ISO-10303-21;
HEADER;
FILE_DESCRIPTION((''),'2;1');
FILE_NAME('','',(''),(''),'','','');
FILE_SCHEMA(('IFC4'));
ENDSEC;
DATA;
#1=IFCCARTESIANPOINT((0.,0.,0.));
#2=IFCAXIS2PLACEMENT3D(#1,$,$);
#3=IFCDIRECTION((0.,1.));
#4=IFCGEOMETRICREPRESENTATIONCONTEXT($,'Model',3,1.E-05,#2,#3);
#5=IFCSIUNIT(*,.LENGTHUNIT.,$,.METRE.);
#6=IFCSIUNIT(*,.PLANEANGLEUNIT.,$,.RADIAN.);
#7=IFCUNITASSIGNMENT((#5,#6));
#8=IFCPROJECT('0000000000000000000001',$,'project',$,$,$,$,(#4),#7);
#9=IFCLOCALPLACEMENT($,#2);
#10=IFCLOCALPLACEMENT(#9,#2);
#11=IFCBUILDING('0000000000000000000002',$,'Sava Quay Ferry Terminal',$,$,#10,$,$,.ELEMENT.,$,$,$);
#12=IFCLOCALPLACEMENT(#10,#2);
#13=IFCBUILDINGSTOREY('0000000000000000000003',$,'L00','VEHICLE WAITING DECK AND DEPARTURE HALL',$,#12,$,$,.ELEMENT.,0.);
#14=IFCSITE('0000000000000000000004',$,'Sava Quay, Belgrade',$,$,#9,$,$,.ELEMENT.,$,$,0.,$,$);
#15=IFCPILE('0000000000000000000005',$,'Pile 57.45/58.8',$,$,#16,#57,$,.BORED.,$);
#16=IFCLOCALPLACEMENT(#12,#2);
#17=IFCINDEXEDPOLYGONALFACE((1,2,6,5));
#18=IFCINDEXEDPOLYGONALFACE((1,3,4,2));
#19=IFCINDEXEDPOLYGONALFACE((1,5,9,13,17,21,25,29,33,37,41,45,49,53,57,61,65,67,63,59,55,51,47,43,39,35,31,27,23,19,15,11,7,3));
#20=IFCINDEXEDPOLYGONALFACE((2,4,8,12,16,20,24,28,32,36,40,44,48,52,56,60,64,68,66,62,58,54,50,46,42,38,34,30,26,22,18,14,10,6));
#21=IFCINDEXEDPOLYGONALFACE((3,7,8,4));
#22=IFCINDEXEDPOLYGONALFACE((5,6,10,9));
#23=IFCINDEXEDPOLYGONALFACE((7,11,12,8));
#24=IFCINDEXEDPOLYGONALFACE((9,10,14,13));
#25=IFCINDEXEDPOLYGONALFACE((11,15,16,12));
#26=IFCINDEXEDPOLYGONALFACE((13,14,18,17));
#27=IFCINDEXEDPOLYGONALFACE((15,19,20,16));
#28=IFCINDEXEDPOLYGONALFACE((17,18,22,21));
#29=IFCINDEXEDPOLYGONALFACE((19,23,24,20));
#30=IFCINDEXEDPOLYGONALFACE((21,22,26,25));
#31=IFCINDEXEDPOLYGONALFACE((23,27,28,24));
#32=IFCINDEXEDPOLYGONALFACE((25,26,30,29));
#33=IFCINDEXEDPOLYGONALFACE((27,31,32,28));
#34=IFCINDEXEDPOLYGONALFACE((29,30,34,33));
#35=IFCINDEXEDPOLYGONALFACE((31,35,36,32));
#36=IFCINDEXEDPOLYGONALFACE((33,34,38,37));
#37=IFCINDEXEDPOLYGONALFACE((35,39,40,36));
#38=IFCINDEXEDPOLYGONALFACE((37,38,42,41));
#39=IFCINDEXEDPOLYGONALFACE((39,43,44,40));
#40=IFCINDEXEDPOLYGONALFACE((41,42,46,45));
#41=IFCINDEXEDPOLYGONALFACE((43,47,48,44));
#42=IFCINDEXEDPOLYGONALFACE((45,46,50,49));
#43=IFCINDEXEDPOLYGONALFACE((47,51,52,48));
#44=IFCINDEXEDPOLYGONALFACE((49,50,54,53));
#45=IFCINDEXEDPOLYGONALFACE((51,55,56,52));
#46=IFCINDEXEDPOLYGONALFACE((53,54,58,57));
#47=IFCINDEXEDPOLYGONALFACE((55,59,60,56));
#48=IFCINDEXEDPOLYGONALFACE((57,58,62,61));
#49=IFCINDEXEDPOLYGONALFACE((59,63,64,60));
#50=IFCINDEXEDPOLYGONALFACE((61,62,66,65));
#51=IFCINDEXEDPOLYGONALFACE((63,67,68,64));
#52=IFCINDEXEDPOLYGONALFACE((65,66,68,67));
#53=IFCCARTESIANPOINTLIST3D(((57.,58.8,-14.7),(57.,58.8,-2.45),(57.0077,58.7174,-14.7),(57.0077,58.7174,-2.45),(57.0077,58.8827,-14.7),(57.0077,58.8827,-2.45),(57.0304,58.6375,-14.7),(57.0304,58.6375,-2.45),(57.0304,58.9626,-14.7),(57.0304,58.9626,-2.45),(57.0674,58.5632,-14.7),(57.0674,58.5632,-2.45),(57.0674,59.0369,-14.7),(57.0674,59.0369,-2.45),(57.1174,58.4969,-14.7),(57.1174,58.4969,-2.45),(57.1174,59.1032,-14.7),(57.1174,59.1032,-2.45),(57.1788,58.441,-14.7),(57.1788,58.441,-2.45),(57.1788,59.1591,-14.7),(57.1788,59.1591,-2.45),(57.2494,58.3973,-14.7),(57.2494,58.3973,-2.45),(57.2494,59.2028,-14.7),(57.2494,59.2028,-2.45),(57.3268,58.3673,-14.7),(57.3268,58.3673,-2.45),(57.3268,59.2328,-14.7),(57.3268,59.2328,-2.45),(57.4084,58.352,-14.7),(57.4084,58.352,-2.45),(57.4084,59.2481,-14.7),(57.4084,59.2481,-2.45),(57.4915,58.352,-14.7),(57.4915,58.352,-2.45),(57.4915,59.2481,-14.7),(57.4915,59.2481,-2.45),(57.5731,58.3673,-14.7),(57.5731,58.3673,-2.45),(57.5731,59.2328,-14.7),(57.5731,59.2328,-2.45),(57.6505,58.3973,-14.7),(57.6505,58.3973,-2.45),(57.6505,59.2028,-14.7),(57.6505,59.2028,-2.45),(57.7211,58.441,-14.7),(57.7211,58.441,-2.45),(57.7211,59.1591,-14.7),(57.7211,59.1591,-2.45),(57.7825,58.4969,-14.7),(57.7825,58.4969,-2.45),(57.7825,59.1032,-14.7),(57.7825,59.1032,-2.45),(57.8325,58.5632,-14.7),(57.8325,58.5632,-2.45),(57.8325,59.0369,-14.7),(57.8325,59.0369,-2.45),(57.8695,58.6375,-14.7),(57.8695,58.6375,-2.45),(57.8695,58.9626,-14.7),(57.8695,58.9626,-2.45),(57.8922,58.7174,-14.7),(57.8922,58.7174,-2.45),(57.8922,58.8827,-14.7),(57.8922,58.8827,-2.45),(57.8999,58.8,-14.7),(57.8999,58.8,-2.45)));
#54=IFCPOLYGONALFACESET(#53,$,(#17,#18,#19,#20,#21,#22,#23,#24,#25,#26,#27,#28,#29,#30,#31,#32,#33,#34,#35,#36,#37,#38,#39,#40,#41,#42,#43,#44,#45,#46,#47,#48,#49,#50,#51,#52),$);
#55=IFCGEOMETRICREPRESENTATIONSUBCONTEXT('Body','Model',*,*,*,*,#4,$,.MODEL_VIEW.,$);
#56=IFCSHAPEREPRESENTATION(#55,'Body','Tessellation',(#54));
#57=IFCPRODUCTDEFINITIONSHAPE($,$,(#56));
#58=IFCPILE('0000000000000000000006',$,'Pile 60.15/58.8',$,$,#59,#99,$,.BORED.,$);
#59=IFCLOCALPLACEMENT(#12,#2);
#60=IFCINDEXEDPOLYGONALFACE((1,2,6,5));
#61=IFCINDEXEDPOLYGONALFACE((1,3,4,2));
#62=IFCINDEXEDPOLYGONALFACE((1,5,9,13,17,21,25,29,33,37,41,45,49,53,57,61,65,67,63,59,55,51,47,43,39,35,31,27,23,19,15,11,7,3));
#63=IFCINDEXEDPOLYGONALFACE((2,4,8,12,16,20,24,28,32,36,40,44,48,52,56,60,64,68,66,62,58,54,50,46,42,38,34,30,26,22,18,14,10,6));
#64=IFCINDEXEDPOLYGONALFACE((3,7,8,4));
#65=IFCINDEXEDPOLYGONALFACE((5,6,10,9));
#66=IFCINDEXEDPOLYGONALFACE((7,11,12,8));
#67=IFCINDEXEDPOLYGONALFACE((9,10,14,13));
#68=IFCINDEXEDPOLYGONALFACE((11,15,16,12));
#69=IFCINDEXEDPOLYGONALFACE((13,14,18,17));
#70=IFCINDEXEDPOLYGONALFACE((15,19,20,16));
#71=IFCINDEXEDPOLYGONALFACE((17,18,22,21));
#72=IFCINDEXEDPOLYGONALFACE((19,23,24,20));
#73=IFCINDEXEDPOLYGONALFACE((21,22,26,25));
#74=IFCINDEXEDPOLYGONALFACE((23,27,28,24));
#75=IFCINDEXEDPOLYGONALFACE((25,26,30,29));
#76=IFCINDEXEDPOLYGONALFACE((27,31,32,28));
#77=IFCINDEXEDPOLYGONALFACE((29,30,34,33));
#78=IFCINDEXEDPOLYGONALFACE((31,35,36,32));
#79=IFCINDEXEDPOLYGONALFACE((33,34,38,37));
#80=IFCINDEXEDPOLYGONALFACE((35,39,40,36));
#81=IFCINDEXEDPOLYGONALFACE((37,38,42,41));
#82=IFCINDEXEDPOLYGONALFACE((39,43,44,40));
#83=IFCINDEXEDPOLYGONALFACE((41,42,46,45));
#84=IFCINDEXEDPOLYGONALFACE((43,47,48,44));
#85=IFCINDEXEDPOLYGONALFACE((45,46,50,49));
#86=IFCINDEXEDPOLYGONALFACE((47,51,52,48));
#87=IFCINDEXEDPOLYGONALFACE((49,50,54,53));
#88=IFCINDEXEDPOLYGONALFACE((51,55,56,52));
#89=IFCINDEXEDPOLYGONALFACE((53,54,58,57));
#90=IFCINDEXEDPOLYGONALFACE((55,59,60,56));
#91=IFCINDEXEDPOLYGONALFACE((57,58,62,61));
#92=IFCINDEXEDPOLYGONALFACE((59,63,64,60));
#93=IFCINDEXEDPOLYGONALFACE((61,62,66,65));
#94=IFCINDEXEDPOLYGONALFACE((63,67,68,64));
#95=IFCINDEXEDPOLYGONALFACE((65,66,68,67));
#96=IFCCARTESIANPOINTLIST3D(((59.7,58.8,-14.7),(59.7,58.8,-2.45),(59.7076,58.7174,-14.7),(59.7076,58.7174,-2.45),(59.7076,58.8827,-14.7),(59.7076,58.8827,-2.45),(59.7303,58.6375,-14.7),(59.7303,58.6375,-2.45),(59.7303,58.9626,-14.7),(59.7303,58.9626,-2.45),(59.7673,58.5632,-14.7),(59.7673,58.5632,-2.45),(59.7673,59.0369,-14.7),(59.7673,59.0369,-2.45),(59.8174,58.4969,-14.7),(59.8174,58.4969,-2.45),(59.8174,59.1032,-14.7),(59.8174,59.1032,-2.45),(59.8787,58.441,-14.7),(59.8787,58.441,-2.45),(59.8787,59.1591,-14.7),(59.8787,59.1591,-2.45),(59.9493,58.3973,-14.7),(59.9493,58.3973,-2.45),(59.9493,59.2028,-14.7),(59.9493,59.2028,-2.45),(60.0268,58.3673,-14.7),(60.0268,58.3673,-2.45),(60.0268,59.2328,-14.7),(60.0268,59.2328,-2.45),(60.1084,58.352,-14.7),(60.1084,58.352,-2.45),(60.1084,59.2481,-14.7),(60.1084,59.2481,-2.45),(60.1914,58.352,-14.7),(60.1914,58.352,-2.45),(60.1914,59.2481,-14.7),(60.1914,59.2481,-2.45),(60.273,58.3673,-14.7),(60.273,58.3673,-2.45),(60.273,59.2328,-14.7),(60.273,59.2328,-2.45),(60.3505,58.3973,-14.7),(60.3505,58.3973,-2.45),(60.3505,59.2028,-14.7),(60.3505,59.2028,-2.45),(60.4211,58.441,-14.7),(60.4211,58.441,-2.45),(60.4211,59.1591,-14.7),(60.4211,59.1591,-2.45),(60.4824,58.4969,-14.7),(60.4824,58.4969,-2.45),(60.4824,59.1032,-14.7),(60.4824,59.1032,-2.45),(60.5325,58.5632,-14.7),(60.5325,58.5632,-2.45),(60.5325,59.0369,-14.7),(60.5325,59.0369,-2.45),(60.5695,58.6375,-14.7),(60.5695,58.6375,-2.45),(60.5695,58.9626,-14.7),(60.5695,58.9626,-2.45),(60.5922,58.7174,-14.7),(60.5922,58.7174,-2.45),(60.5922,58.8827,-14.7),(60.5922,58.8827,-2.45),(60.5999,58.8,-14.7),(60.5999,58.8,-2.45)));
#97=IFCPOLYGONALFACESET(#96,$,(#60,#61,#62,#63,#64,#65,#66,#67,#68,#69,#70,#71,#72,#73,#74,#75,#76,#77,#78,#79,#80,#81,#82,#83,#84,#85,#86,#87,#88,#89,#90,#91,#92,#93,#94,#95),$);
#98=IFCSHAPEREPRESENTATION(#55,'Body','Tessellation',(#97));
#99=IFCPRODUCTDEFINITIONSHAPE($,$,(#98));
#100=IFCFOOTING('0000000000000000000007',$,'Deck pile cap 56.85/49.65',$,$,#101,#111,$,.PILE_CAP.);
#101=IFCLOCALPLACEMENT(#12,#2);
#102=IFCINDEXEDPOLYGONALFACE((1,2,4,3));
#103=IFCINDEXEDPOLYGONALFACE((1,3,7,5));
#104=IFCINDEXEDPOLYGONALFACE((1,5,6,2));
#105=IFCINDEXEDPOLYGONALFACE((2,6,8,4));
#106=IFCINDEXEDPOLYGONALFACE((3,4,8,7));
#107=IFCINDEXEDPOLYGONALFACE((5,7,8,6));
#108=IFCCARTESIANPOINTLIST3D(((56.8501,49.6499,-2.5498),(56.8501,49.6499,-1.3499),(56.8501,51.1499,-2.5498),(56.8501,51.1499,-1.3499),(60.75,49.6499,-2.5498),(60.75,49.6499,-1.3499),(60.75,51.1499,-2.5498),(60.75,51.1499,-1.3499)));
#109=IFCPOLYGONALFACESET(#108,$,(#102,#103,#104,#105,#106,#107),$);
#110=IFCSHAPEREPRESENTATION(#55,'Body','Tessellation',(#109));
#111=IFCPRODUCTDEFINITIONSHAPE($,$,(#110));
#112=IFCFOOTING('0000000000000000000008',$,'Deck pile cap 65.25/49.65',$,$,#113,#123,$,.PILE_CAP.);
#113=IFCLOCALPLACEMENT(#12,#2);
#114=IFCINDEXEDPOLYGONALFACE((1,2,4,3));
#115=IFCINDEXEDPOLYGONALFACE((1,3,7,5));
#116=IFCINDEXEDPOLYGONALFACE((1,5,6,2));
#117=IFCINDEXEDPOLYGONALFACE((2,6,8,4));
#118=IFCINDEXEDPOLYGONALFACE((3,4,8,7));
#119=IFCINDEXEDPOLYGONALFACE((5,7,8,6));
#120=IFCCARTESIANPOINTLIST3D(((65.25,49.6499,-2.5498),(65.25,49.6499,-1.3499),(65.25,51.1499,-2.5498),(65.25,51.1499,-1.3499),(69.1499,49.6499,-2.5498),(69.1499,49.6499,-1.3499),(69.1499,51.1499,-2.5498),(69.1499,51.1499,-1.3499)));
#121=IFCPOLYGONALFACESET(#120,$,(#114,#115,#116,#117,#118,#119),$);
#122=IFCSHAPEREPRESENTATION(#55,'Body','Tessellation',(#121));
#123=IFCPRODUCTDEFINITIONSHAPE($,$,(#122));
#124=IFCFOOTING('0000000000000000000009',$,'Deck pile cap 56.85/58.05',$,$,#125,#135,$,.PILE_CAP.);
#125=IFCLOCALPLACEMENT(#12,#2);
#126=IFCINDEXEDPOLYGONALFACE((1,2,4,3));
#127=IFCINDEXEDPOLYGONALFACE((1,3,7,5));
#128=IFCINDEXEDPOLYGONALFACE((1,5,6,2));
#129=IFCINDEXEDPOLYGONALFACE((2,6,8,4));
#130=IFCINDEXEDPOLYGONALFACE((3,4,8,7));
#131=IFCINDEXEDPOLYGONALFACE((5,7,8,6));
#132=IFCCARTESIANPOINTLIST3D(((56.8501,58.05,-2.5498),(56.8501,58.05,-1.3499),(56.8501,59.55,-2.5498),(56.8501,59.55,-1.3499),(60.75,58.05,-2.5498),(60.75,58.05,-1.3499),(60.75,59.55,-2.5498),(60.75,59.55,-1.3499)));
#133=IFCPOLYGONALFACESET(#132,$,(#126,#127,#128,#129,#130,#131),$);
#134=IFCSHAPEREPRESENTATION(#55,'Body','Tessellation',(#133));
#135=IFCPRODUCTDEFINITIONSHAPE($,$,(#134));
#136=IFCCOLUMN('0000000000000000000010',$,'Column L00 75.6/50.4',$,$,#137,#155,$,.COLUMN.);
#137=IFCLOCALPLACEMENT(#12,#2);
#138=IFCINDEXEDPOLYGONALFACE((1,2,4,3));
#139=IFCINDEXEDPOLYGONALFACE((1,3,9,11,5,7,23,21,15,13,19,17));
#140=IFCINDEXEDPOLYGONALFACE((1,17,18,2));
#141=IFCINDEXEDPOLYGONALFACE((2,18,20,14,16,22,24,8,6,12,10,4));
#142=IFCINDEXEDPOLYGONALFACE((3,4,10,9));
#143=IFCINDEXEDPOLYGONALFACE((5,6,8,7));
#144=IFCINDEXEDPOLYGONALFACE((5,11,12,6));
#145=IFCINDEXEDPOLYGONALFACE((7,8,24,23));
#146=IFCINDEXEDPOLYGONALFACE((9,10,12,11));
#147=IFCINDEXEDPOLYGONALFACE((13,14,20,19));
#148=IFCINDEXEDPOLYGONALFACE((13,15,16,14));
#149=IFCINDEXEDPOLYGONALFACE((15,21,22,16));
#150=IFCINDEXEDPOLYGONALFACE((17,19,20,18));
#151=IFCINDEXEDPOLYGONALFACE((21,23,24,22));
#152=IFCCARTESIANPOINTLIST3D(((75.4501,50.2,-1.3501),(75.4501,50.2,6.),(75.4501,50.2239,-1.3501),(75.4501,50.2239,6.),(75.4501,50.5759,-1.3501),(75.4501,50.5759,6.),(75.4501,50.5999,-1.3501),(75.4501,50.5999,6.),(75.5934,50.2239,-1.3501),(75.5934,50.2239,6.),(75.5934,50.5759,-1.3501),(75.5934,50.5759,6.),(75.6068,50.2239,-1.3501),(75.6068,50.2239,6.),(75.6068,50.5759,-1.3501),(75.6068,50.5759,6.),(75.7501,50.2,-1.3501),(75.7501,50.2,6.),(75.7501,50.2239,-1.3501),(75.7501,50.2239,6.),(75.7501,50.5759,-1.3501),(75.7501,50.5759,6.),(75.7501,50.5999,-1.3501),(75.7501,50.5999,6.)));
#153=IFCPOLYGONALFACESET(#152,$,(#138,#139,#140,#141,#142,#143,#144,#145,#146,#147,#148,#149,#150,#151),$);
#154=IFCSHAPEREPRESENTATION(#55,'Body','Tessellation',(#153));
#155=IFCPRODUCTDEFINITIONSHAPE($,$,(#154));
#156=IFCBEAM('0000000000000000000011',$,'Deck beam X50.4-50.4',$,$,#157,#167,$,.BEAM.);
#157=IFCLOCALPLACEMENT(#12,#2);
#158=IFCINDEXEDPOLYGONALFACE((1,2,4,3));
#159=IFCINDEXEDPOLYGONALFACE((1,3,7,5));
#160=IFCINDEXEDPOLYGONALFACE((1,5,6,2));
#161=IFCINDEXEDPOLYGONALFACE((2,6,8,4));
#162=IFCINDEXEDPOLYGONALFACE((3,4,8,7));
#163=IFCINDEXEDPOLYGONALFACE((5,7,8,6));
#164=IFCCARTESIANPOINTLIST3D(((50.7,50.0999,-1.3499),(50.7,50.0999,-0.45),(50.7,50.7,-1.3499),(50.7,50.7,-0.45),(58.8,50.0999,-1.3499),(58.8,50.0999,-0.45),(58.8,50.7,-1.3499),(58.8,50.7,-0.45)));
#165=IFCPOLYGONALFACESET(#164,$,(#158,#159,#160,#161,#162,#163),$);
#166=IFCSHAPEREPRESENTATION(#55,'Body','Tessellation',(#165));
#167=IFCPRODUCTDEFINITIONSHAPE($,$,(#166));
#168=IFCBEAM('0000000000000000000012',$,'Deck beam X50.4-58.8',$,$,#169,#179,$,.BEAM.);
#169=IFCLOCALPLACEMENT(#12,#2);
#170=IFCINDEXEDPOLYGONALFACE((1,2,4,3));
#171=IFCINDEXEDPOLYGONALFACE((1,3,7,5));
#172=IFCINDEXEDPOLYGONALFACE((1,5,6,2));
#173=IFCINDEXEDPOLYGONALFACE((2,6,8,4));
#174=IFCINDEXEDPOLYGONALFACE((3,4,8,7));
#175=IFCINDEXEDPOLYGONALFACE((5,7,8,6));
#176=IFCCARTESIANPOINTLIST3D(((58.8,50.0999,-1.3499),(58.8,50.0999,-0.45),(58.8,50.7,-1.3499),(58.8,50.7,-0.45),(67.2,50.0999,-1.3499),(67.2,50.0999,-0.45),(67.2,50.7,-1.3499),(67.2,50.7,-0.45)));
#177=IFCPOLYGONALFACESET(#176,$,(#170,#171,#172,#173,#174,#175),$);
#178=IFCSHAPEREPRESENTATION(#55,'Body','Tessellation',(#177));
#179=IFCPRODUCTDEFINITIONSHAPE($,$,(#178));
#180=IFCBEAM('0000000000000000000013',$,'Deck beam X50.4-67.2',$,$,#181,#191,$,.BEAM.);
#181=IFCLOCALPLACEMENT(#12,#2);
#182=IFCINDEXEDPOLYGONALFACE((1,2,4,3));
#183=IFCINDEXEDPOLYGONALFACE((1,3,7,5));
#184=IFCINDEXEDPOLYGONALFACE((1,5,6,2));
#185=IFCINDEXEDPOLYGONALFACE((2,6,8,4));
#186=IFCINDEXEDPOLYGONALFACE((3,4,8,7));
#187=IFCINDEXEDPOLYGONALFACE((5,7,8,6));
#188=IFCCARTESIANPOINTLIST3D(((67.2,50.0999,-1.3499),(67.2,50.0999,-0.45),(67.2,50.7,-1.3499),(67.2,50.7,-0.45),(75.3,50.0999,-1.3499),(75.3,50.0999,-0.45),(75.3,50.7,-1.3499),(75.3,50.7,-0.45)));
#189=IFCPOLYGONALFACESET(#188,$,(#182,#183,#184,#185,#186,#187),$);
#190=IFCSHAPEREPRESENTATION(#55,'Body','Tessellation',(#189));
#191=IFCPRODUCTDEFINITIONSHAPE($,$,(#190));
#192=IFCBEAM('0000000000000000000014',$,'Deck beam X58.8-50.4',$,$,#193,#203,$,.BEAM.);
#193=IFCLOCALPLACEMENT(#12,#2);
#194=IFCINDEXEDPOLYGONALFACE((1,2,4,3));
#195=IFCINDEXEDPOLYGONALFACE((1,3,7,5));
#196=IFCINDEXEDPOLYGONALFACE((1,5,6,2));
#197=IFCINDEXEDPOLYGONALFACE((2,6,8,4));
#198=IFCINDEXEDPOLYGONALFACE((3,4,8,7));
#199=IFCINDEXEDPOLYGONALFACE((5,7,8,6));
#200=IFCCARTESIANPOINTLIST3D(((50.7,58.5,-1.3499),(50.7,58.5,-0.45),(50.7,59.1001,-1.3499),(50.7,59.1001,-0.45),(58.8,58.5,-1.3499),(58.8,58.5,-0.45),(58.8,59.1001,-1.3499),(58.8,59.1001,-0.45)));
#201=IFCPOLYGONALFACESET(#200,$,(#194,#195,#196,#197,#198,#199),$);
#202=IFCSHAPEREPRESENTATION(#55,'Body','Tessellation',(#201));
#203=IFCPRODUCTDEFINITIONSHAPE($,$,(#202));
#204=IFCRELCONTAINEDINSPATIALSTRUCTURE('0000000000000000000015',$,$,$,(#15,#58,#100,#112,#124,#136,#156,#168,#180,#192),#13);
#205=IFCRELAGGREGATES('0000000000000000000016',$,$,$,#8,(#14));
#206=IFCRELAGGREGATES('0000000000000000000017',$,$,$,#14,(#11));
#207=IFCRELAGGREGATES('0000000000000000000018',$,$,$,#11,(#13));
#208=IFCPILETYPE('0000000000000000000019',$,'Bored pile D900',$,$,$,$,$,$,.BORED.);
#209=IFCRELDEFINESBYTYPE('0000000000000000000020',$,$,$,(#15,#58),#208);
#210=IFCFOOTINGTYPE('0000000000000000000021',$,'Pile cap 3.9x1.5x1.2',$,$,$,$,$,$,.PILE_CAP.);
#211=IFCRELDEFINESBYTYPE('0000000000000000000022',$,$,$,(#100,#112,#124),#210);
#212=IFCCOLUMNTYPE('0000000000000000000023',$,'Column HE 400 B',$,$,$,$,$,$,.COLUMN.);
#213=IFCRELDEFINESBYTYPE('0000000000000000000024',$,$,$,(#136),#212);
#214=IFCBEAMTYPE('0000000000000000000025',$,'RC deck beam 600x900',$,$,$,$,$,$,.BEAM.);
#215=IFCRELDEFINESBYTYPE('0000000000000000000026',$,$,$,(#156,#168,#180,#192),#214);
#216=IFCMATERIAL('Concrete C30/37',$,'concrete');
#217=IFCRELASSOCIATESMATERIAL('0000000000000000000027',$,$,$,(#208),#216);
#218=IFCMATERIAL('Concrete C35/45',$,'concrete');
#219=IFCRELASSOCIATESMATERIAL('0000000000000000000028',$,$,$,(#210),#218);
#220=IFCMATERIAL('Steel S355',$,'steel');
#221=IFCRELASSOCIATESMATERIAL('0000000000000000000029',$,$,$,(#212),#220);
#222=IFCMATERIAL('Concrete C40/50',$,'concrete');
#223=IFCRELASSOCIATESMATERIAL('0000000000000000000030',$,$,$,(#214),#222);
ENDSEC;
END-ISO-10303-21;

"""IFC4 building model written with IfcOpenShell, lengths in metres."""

from ifc_helpers import new_model, si_unit, direction, frame, origin, origin_2d, place, context, subcontext, project, spatial, rectangle, circle, i_section, extrude, material, material_profile, profile_set, type_object, element, save


model = new_model("IFC4")

# Units and contexts
model_context = context("Model", 3, precision=1e-05, world=origin(), true_north=direction((0.0, 1.0)))
body_context = subcontext(model_context, "Body", "Model", "MODEL_VIEW")
ifc_project = project(units=[si_unit("LENGTHUNIT", "METRE"), si_unit("PLANEANGLEUNIT", "RADIAN")], contexts=[model_context])

# Site, building, storey
site_placement = place(None, origin())
site = spatial("IfcSite", under=ifc_project, at=site_placement, Name="Sava Quay, Belgrade", CompositionType="ELEMENT", RefElevation=0.0)
building_placement = place(site_placement, origin())
building = spatial("IfcBuilding", under=site, at=building_placement, Name="Sava Quay Ferry Terminal", CompositionType="ELEMENT")
storey_placement = place(building_placement, origin())
storey = spatial("IfcBuildingStorey", under=building, at=storey_placement, Name="L00", Description="VEHICLE WAITING DECK AND DEPARTURE HALL", CompositionType="ELEMENT", Elevation=0.0)

# Piles
ifc_material_1 = material(Name="Concrete C30/37", Category="concrete")
ifc_material_profile_1 = material_profile(ifc_material_1, circle(Radius=0.45, at=origin_2d()), Name="Bored pile D900")
ifc_profile_set_1 = profile_set([ifc_material_profile_1], Name="Concrete C30/37")
pile_type = type_object("IfcPileType", Name="Bored pile D900", PredefinedType="BORED", material=ifc_profile_set_1)
for number, where, z_axis, x_axis, name in (
    (1, (57.45, 58.8, -2.45), (0.0, 0.0, -1.0), (1.0, 0.0, 0.0), "Pile 57.45/58.8"),
    (2, (60.1499, 58.8, -2.45), (0.0, 0.0, -1.0), (1.0, 0.0, 0.0), "Pile 60.15/58.8"),
):
    element("IfcPile", number, at=place(storey_placement, frame(where, z_axis=z_axis, x_axis=x_axis)), inside=storey, type_object=pile_type, Name=name, PredefinedType="BORED", context=body_context, shape_type="SweptSolid", body=[
        extrude(circle(Radius=0.45, at=origin_2d()), origin(), (0.0, 0.0, 1.0), 12.25),
    ])

# Footings
ifc_material_2 = material(Name="Concrete C35/45", Category="concrete")
footing_type = type_object("IfcFootingType", Name="Pile cap 3.9x1.5x1.2", PredefinedType="PILE_CAP", material=ifc_material_2)
for number, where, z_axis, x_axis, name in (
    (3, (58.8, 50.3999, -2.5498), (0.0, 0.0, 1.0), (1.0, 0.0, 0.0), "Deck pile cap 56.85/49.65"),
    (4, (67.2, 50.3999, -2.5498), (0.0, 0.0, 1.0), (1.0, 0.0, 0.0), "Deck pile cap 65.25/49.65"),
    (5, (58.8, 58.8, -2.5498), (0.0, 0.0, 1.0), (1.0, 0.0, 0.0), "Deck pile cap 56.85/58.05"),
):
    element("IfcFooting", number, at=place(storey_placement, frame(where, z_axis=z_axis, x_axis=x_axis)), inside=storey, type_object=footing_type, Name=name, PredefinedType="PILE_CAP", context=body_context, shape_type="SweptSolid", body=[
        extrude(rectangle(XDim=3.8999, YDim=1.5, at=origin_2d()), origin(), (0.0, 0.0, 1.0), 1.2),
    ])

# Column
ifc_material_3 = material(Name="Steel S355", Category="steel")
ifc_material_profile_2 = material_profile(ifc_material_3, i_section(OverallWidth=0.3, OverallDepth=0.3999, WebThickness=0.0134, FlangeThickness=0.0239, at=origin_2d()), Name="HE 400 B")
ifc_profile_set_2 = profile_set([ifc_material_profile_2], Name="Steel S355")
column_type = type_object("IfcColumnType", Name="Column HE 400 B", PredefinedType="COLUMN", material=ifc_profile_set_2)
column_placement = place(storey_placement, frame((75.6001, 50.3999, -1.3501), z_axis=(0.0, 0.0, 1.0), x_axis=(1.0, 0.0, 0.0)))
element("IfcColumn", 6, at=column_placement, inside=storey, type_object=column_type, Name="Column L00 75.6/50.4", PredefinedType="COLUMN", context=body_context, shape_type="SweptSolid", body=[
    extrude(i_section(OverallWidth=0.3, OverallDepth=0.3999, WebThickness=0.0134, FlangeThickness=0.0239, at=origin_2d()), origin(), (0.0, 0.0, 1.0), 7.3501),
])

# Beams
ifc_material_4 = material(Name="Concrete C40/50", Category="concrete")
ifc_material_profile_3 = material_profile(ifc_material_4, rectangle(XDim=0.6001, YDim=0.8999, at=origin_2d()), Name="RC 600x900")
ifc_profile_set_3 = profile_set([ifc_material_profile_3], Name="Concrete C40/50")
beam_type = type_object("IfcBeamType", Name="RC deck beam 600x900", PredefinedType="BEAM", material=ifc_profile_set_3)
beam_1_placement = place(storey_placement, frame((50.7, 50.3999, -0.8999), z_axis=(1.0, 0.0, 0.0), x_axis=(0.0, 1.0, 0.0)))
element("IfcBeam", 7, at=beam_1_placement, inside=storey, type_object=beam_type, Name="Deck beam X50.4-50.4", PredefinedType="BEAM", context=body_context, shape_type="SweptSolid", body=[
    extrude(rectangle(XDim=0.6001, YDim=0.8999, at=origin_2d()), origin(), (0.0, 0.0, 1.0), 8.1001),
])
beam_2_placement = place(storey_placement, frame((58.8, 50.3999, -0.8999), z_axis=(1.0, 0.0, 0.0), x_axis=(0.0, 1.0, 0.0)))
element("IfcBeam", 8, at=beam_2_placement, inside=storey, type_object=beam_type, Name="Deck beam X50.4-58.8", PredefinedType="BEAM", context=body_context, shape_type="SweptSolid", body=[
    extrude(rectangle(XDim=0.6001, YDim=0.8999, at=origin_2d()), origin(), (0.0, 0.0, 1.0), 8.3999),
])
for number, where, z_axis, x_axis, name in (
    (9, (67.2, 50.3999, -0.8999), (1.0, 0.0, 0.0), (0.0, 1.0, 0.0), "Deck beam X50.4-67.2"),
    (10, (50.7, 58.8, -0.8999), (1.0, 0.0, 0.0), (0.0, 1.0, 0.0), "Deck beam X58.8-50.4"),
):
    element("IfcBeam", number, at=place(storey_placement, frame(where, z_axis=z_axis, x_axis=x_axis)), inside=storey, type_object=beam_type, Name=name, PredefinedType="BEAM", context=body_context, shape_type="SweptSolid", body=[
        extrude(rectangle(XDim=0.6001, YDim=0.8999, at=origin_2d()), origin(), (0.0, 0.0, 1.0), 8.1001),
    ])

save(model, "model.ifc")
